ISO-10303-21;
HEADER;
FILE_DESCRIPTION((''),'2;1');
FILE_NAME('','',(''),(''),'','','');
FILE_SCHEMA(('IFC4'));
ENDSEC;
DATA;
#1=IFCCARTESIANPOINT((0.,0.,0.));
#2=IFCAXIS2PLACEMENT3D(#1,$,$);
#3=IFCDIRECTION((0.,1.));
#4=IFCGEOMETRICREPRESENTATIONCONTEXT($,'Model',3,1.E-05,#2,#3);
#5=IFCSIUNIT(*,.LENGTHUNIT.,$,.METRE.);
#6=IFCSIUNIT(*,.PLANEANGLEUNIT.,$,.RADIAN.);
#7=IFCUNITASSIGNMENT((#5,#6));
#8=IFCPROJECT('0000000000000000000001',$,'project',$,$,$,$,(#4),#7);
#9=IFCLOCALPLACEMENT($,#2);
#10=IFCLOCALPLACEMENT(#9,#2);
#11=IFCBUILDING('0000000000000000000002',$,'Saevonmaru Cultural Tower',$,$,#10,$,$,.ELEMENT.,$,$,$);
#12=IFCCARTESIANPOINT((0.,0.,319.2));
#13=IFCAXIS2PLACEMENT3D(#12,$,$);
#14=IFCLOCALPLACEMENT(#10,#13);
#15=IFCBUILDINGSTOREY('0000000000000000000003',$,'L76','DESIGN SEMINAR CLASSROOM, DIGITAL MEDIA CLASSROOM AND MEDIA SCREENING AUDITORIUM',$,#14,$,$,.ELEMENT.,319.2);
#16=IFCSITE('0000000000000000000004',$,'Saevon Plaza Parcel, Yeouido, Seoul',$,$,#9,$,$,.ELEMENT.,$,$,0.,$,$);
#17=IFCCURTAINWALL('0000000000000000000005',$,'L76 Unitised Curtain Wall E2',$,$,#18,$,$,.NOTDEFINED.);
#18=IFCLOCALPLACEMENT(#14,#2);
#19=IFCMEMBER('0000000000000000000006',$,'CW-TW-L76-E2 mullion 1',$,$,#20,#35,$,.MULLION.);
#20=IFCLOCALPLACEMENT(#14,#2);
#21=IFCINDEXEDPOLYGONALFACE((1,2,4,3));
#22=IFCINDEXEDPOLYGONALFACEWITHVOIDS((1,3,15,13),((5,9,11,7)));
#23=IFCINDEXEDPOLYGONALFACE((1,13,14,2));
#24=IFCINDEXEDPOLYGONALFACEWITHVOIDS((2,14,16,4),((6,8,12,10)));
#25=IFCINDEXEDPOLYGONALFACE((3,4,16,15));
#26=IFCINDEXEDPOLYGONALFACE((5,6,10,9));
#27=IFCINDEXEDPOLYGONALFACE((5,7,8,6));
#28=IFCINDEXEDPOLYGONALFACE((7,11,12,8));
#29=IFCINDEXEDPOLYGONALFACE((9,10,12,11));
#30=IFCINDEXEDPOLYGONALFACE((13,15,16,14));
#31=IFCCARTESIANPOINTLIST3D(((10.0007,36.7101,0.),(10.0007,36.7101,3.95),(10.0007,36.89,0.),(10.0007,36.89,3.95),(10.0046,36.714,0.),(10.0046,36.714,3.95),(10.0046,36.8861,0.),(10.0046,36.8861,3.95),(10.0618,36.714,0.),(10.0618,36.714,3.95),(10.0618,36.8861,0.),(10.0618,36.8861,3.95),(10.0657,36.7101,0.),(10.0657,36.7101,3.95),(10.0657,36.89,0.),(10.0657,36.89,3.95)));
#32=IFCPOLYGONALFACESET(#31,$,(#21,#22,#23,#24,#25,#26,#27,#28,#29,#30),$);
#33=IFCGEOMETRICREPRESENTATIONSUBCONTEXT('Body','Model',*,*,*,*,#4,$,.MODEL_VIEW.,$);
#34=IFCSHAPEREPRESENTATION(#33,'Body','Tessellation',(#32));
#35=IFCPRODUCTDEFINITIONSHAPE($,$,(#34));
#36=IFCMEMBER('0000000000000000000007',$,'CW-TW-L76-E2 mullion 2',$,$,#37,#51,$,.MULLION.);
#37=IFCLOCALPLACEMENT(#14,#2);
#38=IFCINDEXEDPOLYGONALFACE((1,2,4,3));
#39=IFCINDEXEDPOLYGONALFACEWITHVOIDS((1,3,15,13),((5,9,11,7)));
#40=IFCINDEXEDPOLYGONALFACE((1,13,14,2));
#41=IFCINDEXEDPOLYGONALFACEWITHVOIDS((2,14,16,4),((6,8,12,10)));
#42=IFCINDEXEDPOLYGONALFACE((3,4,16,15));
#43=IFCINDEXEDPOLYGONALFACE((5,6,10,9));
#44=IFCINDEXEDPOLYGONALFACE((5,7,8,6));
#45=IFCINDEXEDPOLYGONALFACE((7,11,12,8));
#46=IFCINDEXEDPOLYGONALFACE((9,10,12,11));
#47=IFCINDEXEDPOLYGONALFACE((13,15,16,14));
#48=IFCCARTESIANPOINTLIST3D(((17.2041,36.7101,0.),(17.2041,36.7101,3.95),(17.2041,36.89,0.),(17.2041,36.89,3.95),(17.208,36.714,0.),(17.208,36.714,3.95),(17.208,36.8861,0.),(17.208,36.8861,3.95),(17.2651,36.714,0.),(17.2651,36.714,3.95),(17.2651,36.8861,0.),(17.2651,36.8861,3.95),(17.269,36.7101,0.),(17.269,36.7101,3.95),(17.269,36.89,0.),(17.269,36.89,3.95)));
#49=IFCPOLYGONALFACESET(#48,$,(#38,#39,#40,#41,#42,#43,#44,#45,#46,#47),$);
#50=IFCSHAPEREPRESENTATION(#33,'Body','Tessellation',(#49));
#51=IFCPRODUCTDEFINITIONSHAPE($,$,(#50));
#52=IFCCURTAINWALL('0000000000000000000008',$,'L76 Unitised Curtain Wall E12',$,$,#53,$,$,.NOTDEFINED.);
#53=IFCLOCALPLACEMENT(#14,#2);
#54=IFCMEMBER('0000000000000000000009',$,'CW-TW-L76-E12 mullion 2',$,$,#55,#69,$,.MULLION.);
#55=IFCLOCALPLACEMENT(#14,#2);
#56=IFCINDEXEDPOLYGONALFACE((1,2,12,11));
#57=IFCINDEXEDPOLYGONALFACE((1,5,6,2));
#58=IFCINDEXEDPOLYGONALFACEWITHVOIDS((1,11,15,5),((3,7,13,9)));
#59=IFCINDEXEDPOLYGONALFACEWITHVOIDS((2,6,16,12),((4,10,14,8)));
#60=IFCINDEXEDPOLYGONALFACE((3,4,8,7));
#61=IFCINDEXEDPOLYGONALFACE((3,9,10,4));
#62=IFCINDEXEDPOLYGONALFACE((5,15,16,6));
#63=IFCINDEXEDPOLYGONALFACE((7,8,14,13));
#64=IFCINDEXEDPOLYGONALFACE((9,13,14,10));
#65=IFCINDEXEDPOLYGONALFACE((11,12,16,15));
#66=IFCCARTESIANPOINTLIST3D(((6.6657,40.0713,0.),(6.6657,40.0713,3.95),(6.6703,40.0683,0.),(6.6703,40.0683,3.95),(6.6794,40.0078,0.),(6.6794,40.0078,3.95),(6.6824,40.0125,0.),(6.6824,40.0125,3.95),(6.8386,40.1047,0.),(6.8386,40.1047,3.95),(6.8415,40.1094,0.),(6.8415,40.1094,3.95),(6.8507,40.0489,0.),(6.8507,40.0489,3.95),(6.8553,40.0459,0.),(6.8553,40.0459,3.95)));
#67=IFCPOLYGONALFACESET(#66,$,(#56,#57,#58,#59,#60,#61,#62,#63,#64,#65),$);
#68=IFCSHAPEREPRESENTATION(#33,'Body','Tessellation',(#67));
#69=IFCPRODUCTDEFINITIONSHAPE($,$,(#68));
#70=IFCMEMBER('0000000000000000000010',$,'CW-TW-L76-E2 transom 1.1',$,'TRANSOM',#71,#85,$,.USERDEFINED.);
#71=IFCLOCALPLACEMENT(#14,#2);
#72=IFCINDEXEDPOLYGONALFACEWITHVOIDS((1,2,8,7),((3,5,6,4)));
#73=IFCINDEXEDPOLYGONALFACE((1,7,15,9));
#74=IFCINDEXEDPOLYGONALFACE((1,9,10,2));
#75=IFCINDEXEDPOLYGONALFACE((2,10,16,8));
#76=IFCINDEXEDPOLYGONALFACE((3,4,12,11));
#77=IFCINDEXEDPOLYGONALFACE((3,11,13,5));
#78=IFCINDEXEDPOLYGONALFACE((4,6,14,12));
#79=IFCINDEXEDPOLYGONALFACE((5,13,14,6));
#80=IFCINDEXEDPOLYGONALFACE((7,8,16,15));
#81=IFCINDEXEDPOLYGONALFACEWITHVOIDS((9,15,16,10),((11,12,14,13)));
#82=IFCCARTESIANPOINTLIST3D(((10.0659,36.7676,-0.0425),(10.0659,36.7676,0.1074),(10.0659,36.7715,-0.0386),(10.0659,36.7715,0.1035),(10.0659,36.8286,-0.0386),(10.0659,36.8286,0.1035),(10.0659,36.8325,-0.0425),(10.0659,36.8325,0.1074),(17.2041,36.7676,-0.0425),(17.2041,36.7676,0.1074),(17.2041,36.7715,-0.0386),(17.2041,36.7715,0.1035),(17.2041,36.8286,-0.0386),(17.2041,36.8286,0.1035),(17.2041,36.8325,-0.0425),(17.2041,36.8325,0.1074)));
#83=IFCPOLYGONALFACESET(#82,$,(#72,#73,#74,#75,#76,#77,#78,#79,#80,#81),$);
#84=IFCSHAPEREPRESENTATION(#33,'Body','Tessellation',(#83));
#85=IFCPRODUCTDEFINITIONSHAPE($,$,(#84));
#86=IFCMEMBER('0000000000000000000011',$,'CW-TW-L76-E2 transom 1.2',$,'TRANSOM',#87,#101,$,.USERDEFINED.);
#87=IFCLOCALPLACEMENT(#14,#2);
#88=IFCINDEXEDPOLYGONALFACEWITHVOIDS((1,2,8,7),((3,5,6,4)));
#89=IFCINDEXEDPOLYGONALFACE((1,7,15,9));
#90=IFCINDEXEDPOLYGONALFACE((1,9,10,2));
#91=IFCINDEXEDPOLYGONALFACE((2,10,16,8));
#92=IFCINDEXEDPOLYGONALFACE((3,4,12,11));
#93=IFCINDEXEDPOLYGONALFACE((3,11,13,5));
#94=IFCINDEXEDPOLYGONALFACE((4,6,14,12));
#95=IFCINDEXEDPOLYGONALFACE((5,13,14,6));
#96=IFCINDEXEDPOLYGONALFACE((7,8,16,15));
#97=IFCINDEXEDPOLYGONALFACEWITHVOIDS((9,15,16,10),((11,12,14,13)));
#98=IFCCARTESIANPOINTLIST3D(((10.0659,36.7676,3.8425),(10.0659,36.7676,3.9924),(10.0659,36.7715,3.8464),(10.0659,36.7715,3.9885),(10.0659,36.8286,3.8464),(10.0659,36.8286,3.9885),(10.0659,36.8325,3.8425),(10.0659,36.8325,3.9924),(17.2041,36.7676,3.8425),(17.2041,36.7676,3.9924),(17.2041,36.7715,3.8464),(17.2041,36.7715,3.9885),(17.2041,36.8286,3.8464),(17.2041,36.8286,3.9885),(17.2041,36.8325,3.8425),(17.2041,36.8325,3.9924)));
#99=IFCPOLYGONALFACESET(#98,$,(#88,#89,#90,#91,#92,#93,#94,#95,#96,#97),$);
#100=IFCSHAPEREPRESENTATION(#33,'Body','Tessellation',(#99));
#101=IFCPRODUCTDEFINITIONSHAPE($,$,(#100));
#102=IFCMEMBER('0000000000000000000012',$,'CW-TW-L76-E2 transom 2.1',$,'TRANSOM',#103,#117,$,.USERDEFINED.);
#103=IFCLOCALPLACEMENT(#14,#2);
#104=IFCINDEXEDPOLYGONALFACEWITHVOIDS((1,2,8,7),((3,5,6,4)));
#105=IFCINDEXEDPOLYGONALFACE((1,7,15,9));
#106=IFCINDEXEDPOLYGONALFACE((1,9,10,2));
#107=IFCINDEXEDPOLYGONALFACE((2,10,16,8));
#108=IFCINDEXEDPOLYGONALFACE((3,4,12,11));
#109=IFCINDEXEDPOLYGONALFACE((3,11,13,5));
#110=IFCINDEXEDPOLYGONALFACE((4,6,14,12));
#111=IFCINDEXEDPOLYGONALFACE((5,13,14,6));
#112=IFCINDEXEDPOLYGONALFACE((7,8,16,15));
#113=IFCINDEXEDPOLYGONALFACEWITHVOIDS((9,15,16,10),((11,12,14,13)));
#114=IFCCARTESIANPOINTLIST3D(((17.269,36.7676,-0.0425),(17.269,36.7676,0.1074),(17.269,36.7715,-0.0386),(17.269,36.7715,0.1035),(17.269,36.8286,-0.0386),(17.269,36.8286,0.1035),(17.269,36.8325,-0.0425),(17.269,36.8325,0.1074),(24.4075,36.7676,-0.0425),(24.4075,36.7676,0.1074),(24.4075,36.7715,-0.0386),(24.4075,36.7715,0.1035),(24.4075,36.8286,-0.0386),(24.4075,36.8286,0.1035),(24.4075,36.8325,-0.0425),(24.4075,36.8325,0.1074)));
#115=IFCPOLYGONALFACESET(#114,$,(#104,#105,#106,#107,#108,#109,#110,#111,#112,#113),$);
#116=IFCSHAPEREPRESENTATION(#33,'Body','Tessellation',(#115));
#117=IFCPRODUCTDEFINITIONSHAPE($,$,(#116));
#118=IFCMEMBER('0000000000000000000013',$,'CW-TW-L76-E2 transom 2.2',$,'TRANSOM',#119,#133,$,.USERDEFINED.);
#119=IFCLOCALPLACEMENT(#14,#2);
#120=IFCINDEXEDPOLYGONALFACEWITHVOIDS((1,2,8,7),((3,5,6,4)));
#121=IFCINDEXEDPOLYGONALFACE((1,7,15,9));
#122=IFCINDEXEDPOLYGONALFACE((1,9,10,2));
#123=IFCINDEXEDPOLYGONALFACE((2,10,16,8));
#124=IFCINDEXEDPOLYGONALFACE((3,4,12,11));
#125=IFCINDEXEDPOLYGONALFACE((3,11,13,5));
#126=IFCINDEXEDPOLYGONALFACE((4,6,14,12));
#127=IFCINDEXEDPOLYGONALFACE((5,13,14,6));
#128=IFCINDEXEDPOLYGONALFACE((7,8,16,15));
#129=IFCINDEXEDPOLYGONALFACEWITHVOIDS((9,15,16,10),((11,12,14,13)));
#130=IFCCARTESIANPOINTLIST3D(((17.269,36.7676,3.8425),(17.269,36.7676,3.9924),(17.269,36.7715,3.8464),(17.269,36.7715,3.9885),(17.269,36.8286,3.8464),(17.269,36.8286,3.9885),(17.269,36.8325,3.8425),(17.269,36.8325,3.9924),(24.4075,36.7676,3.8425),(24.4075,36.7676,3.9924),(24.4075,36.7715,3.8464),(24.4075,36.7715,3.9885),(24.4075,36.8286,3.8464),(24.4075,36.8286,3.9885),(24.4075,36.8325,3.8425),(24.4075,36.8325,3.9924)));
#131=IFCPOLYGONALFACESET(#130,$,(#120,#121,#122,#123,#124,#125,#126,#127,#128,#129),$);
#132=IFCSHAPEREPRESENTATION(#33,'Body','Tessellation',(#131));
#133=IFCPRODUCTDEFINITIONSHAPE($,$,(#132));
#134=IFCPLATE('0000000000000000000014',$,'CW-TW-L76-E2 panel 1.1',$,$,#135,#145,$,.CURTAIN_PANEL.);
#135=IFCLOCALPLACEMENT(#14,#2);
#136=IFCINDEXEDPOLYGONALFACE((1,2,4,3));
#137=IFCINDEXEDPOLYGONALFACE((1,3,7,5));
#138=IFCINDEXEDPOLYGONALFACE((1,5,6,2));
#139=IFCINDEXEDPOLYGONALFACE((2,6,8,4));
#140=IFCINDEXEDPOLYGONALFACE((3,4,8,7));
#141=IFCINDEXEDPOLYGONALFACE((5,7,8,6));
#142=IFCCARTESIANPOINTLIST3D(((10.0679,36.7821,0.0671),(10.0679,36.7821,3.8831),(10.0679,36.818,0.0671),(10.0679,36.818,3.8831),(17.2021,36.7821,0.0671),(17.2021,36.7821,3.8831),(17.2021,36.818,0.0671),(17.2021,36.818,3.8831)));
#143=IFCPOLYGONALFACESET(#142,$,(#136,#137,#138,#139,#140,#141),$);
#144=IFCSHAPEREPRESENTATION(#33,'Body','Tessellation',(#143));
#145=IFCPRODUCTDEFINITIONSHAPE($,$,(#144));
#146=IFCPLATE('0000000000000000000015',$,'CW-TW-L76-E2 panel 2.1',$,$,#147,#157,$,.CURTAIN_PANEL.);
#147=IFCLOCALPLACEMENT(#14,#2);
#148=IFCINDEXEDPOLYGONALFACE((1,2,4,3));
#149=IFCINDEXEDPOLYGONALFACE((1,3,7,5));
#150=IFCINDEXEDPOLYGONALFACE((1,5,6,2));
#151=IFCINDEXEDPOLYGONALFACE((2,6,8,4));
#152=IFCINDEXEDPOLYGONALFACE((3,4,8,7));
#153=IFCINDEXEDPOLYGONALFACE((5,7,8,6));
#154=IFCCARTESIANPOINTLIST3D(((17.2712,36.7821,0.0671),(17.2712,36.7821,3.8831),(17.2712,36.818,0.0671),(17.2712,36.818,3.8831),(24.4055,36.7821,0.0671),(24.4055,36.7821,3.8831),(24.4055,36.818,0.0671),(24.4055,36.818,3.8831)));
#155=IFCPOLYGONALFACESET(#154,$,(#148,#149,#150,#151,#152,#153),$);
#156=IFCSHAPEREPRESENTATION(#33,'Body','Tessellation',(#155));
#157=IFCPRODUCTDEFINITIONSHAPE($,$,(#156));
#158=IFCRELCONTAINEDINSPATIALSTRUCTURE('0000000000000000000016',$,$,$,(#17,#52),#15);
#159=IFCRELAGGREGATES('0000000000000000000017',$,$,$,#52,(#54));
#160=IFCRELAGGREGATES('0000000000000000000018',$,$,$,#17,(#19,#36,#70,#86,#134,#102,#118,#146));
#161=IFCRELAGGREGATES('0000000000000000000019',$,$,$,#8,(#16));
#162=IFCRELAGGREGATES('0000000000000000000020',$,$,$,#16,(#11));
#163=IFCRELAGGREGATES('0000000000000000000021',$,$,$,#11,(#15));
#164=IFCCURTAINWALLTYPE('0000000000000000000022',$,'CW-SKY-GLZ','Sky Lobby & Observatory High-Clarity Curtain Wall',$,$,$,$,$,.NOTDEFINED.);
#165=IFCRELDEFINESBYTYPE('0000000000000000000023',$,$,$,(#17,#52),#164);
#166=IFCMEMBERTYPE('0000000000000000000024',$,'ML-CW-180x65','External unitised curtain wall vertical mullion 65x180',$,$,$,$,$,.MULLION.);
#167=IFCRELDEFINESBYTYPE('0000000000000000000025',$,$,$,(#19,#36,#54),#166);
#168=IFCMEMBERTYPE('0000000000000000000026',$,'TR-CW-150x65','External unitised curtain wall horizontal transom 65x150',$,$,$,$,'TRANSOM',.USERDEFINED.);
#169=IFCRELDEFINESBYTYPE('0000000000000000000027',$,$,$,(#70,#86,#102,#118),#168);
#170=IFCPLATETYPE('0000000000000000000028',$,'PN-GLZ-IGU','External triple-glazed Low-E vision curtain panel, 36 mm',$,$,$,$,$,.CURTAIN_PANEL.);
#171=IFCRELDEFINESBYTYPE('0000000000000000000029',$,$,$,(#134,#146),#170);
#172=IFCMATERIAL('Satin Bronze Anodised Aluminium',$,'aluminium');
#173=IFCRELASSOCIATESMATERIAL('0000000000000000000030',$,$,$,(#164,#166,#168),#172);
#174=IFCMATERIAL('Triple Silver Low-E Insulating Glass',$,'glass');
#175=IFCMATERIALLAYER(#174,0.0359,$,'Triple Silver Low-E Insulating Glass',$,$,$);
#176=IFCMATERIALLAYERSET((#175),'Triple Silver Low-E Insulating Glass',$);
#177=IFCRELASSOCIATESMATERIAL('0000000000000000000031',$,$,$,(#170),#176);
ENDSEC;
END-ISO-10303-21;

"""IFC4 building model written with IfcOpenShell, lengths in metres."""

from ifc_helpers import new_model, si_unit, direction, frame, origin, origin_2d, place, context, subcontext, project, spatial, rectangle, hollow_rectangle, extrude, material, layer, layer_set, material_profile, profile_set, type_object, element, aggregate, save


model = new_model("IFC4")

# Units and contexts
model_context = context("Model", 3, precision=1e-05, world=origin(), true_north=direction((0.0, 1.0)))
body_context = subcontext(model_context, "Body", "Model", "MODEL_VIEW")
ifc_project = project(units=[si_unit("LENGTHUNIT", "METRE"), si_unit("PLANEANGLEUNIT", "RADIAN")], contexts=[model_context])

# Site, building, storey
site_placement = place(None, origin())
site = spatial("IfcSite", under=ifc_project, at=site_placement, Name="Saevon Plaza Parcel, Yeouido, Seoul", CompositionType="ELEMENT", RefElevation=0.0)
building_placement = place(site_placement, origin())
building = spatial("IfcBuilding", under=site, at=building_placement, Name="Saevonmaru Cultural Tower", CompositionType="ELEMENT")
storey_placement = place(building_placement, frame((0.0, 0.0, 319.2)))
storey = spatial("IfcBuildingStorey", under=building, at=storey_placement, Name="L76", Description="DESIGN SEMINAR CLASSROOM, DIGITAL MEDIA CLASSROOM AND MEDIA SCREENING AUDITORIUM", CompositionType="ELEMENT", Elevation=319.2)

# Curtain wall, members
ifc_material_1 = material(Name="Satin Bronze Anodised Aluminium", Category="aluminium")
curtain_wall_type = type_object("IfcCurtainWallType", Name="CW-SKY-GLZ", Description="Sky Lobby & Observatory High-Clarity Curtain Wall", PredefinedType="NOTDEFINED", material=ifc_material_1)
curtain_wall_1_placement = place(storey_placement, origin())
curtain_wall_1 = element("IfcCurtainWall", 1, at=curtain_wall_1_placement, inside=storey, type_object=curtain_wall_type, Name="L76 Unitised Curtain Wall E2", PredefinedType="NOTDEFINED")
ifc_material_profile_1 = material_profile(ifc_material_1, hollow_rectangle(XDim=0.0649, YDim=0.1799, WallThickness=0.0039, at=origin_2d()), Name="ALU-MULL-180x65x4")
ifc_profile_set_1 = profile_set([ifc_material_profile_1], Name="Satin Bronze Anodised Aluminium")
member_type_1 = type_object("IfcMemberType", Name="ML-CW-180x65", Description="External unitised curtain wall vertical mullion 65x180", PredefinedType="MULLION", material=ifc_profile_set_1)
member_1_placement = place(storey_placement, frame((10.0332, 36.8, 0.0), z_axis=(0.0, 0.0, 1.0), x_axis=(1.0, 0.0, 0.0)))
member_1 = element("IfcMember", 2, at=member_1_placement, type_object=member_type_1, Name="CW-TW-L76-E2 mullion 1", PredefinedType="MULLION", context=body_context, shape_type="SweptSolid", body=[
    extrude(hollow_rectangle(XDim=0.0649, YDim=0.1799, WallThickness=0.0039, at=origin_2d()), origin(), (0.0, 0.0, 1.0), 3.95),
])
member_2_placement = place(storey_placement, frame((17.2366, 36.8, 0.0), z_axis=(0.0, 0.0, 1.0), x_axis=(1.0, 0.0, 0.0)))
member_2 = element("IfcMember", 3, at=member_2_placement, type_object=member_type_1, Name="CW-TW-L76-E2 mullion 2", PredefinedType="MULLION", context=body_context, shape_type="SweptSolid", body=[
    extrude(hollow_rectangle(XDim=0.0649, YDim=0.1799, WallThickness=0.0039, at=origin_2d()), origin(), (0.0, 0.0, 1.0), 3.95),
])

# Curtain wall, member
curtain_wall_2_placement = place(storey_placement, origin())
curtain_wall_2 = element("IfcCurtainWall", 4, at=curtain_wall_2_placement, inside=storey, type_object=curtain_wall_type, Name="L76 Unitised Curtain Wall E12", PredefinedType="NOTDEFINED")
member_3_placement = place(storey_placement, frame((6.7605, 40.0586, 0.0), z_axis=(0.0, 0.0, 1.0), x_axis=(0.21175, -0.977324, 0.0)))
member_3 = element("IfcMember", 5, at=member_3_placement, type_object=member_type_1, Name="CW-TW-L76-E12 mullion 2", PredefinedType="MULLION", context=body_context, shape_type="SweptSolid", body=[
    extrude(hollow_rectangle(XDim=0.0649, YDim=0.1799, WallThickness=0.0039, at=origin_2d()), origin(), (0.0, 0.0, 1.0), 3.95),
])
aggregate(curtain_wall_2, [member_3])

# Members
ifc_material_profile_2 = material_profile(ifc_material_1, hollow_rectangle(XDim=0.0649, YDim=0.1499, WallThickness=0.0039, at=origin_2d()), Name="ALU-TRAN-150x65x4")
ifc_profile_set_2 = profile_set([ifc_material_profile_2], Name="Satin Bronze Anodised Aluminium")
member_type_2 = type_object("IfcMemberType", Name="TR-CW-150x65", Description="External unitised curtain wall horizontal transom 65x150", ElementType="TRANSOM", PredefinedType="USERDEFINED", material=ifc_profile_set_2)
member_4_placement = place(storey_placement, frame((10.0659, 36.8, 0.0325), z_axis=(1.0, 0.0, 0.0), x_axis=(0.0, 1.0, 0.0)))
member_4 = element("IfcMember", 6, at=member_4_placement, type_object=member_type_2, Name="CW-TW-L76-E2 transom 1.1", ObjectType="TRANSOM", PredefinedType="USERDEFINED", context=body_context, shape_type="SweptSolid", body=[
    extrude(hollow_rectangle(XDim=0.0649, YDim=0.1499, WallThickness=0.0039, at=origin_2d()), origin(), (0.0, 0.0, 1.0), 7.1382),
])
member_5_placement = place(storey_placement, frame((10.0659, 36.8, 3.9175), z_axis=(1.0, 0.0, 0.0), x_axis=(0.0, 1.0, 0.0)))
member_5 = element("IfcMember", 7, at=member_5_placement, type_object=member_type_2, Name="CW-TW-L76-E2 transom 1.2", ObjectType="TRANSOM", PredefinedType="USERDEFINED", context=body_context, shape_type="SweptSolid", body=[
    extrude(hollow_rectangle(XDim=0.0649, YDim=0.1499, WallThickness=0.0039, at=origin_2d()), origin(), (0.0, 0.0, 1.0), 7.1382),
])
member_6_placement = place(storey_placement, frame((17.269, 36.8, 0.0325), z_axis=(1.0, 0.0, 0.0), x_axis=(0.0, 1.0, 0.0)))
member_6 = element("IfcMember", 8, at=member_6_placement, type_object=member_type_2, Name="CW-TW-L76-E2 transom 2.1", ObjectType="TRANSOM", PredefinedType="USERDEFINED", context=body_context, shape_type="SweptSolid", body=[
    extrude(hollow_rectangle(XDim=0.0649, YDim=0.1499, WallThickness=0.0039, at=origin_2d()), origin(), (0.0, 0.0, 1.0), 7.1384),
])
member_7_placement = place(storey_placement, frame((17.269, 36.8, 3.9175), z_axis=(1.0, 0.0, 0.0), x_axis=(0.0, 1.0, 0.0)))
member_7 = element("IfcMember", 9, at=member_7_placement, type_object=member_type_2, Name="CW-TW-L76-E2 transom 2.2", ObjectType="TRANSOM", PredefinedType="USERDEFINED", context=body_context, shape_type="SweptSolid", body=[
    extrude(hollow_rectangle(XDim=0.0649, YDim=0.1499, WallThickness=0.0039, at=origin_2d()), origin(), (0.0, 0.0, 1.0), 7.1384),
])

# Plates
ifc_material_2 = material(Name="Triple Silver Low-E Insulating Glass", Category="glass")
ifc_layer_1 = layer(ifc_material_2, 0.0359, Name="Triple Silver Low-E Insulating Glass")
ifc_layer_set_1 = layer_set([ifc_layer_1], Name="Triple Silver Low-E Insulating Glass")
plate_type = type_object("IfcPlateType", Name="PN-GLZ-IGU", Description="External triple-glazed Low-E vision curtain panel, 36 mm", PredefinedType="CURTAIN_PANEL", material=ifc_layer_set_1)
plate_1_placement = place(storey_placement, frame((13.635, 36.8, 0.0671), z_axis=(0.0, 0.0, 1.0), x_axis=(1.0, 0.0, 0.0)))
plate_1 = element("IfcPlate", 10, at=plate_1_placement, type_object=plate_type, Name="CW-TW-L76-E2 panel 1.1", PredefinedType="CURTAIN_PANEL", context=body_context, shape_type="SweptSolid", body=[
    extrude(rectangle(XDim=7.1343, YDim=0.0359, at=origin_2d()), origin(), (0.0, 0.0, 1.0), 3.8159),
])
plate_2_placement = place(storey_placement, frame((20.8384, 36.8, 0.0671), z_axis=(0.0, 0.0, 1.0), x_axis=(1.0, 0.0, 0.0)))
plate_2 = element("IfcPlate", 11, at=plate_2_placement, type_object=plate_type, Name="CW-TW-L76-E2 panel 2.1", PredefinedType="CURTAIN_PANEL", context=body_context, shape_type="SweptSolid", body=[
    extrude(rectangle(XDim=7.1343, YDim=0.0359, at=origin_2d()), origin(), (0.0, 0.0, 1.0), 3.8159),
])
aggregate(curtain_wall_1, [member_1, member_2, member_4, member_5, plate_1, member_6, member_7, plate_2])

save(model, "model.ifc")
